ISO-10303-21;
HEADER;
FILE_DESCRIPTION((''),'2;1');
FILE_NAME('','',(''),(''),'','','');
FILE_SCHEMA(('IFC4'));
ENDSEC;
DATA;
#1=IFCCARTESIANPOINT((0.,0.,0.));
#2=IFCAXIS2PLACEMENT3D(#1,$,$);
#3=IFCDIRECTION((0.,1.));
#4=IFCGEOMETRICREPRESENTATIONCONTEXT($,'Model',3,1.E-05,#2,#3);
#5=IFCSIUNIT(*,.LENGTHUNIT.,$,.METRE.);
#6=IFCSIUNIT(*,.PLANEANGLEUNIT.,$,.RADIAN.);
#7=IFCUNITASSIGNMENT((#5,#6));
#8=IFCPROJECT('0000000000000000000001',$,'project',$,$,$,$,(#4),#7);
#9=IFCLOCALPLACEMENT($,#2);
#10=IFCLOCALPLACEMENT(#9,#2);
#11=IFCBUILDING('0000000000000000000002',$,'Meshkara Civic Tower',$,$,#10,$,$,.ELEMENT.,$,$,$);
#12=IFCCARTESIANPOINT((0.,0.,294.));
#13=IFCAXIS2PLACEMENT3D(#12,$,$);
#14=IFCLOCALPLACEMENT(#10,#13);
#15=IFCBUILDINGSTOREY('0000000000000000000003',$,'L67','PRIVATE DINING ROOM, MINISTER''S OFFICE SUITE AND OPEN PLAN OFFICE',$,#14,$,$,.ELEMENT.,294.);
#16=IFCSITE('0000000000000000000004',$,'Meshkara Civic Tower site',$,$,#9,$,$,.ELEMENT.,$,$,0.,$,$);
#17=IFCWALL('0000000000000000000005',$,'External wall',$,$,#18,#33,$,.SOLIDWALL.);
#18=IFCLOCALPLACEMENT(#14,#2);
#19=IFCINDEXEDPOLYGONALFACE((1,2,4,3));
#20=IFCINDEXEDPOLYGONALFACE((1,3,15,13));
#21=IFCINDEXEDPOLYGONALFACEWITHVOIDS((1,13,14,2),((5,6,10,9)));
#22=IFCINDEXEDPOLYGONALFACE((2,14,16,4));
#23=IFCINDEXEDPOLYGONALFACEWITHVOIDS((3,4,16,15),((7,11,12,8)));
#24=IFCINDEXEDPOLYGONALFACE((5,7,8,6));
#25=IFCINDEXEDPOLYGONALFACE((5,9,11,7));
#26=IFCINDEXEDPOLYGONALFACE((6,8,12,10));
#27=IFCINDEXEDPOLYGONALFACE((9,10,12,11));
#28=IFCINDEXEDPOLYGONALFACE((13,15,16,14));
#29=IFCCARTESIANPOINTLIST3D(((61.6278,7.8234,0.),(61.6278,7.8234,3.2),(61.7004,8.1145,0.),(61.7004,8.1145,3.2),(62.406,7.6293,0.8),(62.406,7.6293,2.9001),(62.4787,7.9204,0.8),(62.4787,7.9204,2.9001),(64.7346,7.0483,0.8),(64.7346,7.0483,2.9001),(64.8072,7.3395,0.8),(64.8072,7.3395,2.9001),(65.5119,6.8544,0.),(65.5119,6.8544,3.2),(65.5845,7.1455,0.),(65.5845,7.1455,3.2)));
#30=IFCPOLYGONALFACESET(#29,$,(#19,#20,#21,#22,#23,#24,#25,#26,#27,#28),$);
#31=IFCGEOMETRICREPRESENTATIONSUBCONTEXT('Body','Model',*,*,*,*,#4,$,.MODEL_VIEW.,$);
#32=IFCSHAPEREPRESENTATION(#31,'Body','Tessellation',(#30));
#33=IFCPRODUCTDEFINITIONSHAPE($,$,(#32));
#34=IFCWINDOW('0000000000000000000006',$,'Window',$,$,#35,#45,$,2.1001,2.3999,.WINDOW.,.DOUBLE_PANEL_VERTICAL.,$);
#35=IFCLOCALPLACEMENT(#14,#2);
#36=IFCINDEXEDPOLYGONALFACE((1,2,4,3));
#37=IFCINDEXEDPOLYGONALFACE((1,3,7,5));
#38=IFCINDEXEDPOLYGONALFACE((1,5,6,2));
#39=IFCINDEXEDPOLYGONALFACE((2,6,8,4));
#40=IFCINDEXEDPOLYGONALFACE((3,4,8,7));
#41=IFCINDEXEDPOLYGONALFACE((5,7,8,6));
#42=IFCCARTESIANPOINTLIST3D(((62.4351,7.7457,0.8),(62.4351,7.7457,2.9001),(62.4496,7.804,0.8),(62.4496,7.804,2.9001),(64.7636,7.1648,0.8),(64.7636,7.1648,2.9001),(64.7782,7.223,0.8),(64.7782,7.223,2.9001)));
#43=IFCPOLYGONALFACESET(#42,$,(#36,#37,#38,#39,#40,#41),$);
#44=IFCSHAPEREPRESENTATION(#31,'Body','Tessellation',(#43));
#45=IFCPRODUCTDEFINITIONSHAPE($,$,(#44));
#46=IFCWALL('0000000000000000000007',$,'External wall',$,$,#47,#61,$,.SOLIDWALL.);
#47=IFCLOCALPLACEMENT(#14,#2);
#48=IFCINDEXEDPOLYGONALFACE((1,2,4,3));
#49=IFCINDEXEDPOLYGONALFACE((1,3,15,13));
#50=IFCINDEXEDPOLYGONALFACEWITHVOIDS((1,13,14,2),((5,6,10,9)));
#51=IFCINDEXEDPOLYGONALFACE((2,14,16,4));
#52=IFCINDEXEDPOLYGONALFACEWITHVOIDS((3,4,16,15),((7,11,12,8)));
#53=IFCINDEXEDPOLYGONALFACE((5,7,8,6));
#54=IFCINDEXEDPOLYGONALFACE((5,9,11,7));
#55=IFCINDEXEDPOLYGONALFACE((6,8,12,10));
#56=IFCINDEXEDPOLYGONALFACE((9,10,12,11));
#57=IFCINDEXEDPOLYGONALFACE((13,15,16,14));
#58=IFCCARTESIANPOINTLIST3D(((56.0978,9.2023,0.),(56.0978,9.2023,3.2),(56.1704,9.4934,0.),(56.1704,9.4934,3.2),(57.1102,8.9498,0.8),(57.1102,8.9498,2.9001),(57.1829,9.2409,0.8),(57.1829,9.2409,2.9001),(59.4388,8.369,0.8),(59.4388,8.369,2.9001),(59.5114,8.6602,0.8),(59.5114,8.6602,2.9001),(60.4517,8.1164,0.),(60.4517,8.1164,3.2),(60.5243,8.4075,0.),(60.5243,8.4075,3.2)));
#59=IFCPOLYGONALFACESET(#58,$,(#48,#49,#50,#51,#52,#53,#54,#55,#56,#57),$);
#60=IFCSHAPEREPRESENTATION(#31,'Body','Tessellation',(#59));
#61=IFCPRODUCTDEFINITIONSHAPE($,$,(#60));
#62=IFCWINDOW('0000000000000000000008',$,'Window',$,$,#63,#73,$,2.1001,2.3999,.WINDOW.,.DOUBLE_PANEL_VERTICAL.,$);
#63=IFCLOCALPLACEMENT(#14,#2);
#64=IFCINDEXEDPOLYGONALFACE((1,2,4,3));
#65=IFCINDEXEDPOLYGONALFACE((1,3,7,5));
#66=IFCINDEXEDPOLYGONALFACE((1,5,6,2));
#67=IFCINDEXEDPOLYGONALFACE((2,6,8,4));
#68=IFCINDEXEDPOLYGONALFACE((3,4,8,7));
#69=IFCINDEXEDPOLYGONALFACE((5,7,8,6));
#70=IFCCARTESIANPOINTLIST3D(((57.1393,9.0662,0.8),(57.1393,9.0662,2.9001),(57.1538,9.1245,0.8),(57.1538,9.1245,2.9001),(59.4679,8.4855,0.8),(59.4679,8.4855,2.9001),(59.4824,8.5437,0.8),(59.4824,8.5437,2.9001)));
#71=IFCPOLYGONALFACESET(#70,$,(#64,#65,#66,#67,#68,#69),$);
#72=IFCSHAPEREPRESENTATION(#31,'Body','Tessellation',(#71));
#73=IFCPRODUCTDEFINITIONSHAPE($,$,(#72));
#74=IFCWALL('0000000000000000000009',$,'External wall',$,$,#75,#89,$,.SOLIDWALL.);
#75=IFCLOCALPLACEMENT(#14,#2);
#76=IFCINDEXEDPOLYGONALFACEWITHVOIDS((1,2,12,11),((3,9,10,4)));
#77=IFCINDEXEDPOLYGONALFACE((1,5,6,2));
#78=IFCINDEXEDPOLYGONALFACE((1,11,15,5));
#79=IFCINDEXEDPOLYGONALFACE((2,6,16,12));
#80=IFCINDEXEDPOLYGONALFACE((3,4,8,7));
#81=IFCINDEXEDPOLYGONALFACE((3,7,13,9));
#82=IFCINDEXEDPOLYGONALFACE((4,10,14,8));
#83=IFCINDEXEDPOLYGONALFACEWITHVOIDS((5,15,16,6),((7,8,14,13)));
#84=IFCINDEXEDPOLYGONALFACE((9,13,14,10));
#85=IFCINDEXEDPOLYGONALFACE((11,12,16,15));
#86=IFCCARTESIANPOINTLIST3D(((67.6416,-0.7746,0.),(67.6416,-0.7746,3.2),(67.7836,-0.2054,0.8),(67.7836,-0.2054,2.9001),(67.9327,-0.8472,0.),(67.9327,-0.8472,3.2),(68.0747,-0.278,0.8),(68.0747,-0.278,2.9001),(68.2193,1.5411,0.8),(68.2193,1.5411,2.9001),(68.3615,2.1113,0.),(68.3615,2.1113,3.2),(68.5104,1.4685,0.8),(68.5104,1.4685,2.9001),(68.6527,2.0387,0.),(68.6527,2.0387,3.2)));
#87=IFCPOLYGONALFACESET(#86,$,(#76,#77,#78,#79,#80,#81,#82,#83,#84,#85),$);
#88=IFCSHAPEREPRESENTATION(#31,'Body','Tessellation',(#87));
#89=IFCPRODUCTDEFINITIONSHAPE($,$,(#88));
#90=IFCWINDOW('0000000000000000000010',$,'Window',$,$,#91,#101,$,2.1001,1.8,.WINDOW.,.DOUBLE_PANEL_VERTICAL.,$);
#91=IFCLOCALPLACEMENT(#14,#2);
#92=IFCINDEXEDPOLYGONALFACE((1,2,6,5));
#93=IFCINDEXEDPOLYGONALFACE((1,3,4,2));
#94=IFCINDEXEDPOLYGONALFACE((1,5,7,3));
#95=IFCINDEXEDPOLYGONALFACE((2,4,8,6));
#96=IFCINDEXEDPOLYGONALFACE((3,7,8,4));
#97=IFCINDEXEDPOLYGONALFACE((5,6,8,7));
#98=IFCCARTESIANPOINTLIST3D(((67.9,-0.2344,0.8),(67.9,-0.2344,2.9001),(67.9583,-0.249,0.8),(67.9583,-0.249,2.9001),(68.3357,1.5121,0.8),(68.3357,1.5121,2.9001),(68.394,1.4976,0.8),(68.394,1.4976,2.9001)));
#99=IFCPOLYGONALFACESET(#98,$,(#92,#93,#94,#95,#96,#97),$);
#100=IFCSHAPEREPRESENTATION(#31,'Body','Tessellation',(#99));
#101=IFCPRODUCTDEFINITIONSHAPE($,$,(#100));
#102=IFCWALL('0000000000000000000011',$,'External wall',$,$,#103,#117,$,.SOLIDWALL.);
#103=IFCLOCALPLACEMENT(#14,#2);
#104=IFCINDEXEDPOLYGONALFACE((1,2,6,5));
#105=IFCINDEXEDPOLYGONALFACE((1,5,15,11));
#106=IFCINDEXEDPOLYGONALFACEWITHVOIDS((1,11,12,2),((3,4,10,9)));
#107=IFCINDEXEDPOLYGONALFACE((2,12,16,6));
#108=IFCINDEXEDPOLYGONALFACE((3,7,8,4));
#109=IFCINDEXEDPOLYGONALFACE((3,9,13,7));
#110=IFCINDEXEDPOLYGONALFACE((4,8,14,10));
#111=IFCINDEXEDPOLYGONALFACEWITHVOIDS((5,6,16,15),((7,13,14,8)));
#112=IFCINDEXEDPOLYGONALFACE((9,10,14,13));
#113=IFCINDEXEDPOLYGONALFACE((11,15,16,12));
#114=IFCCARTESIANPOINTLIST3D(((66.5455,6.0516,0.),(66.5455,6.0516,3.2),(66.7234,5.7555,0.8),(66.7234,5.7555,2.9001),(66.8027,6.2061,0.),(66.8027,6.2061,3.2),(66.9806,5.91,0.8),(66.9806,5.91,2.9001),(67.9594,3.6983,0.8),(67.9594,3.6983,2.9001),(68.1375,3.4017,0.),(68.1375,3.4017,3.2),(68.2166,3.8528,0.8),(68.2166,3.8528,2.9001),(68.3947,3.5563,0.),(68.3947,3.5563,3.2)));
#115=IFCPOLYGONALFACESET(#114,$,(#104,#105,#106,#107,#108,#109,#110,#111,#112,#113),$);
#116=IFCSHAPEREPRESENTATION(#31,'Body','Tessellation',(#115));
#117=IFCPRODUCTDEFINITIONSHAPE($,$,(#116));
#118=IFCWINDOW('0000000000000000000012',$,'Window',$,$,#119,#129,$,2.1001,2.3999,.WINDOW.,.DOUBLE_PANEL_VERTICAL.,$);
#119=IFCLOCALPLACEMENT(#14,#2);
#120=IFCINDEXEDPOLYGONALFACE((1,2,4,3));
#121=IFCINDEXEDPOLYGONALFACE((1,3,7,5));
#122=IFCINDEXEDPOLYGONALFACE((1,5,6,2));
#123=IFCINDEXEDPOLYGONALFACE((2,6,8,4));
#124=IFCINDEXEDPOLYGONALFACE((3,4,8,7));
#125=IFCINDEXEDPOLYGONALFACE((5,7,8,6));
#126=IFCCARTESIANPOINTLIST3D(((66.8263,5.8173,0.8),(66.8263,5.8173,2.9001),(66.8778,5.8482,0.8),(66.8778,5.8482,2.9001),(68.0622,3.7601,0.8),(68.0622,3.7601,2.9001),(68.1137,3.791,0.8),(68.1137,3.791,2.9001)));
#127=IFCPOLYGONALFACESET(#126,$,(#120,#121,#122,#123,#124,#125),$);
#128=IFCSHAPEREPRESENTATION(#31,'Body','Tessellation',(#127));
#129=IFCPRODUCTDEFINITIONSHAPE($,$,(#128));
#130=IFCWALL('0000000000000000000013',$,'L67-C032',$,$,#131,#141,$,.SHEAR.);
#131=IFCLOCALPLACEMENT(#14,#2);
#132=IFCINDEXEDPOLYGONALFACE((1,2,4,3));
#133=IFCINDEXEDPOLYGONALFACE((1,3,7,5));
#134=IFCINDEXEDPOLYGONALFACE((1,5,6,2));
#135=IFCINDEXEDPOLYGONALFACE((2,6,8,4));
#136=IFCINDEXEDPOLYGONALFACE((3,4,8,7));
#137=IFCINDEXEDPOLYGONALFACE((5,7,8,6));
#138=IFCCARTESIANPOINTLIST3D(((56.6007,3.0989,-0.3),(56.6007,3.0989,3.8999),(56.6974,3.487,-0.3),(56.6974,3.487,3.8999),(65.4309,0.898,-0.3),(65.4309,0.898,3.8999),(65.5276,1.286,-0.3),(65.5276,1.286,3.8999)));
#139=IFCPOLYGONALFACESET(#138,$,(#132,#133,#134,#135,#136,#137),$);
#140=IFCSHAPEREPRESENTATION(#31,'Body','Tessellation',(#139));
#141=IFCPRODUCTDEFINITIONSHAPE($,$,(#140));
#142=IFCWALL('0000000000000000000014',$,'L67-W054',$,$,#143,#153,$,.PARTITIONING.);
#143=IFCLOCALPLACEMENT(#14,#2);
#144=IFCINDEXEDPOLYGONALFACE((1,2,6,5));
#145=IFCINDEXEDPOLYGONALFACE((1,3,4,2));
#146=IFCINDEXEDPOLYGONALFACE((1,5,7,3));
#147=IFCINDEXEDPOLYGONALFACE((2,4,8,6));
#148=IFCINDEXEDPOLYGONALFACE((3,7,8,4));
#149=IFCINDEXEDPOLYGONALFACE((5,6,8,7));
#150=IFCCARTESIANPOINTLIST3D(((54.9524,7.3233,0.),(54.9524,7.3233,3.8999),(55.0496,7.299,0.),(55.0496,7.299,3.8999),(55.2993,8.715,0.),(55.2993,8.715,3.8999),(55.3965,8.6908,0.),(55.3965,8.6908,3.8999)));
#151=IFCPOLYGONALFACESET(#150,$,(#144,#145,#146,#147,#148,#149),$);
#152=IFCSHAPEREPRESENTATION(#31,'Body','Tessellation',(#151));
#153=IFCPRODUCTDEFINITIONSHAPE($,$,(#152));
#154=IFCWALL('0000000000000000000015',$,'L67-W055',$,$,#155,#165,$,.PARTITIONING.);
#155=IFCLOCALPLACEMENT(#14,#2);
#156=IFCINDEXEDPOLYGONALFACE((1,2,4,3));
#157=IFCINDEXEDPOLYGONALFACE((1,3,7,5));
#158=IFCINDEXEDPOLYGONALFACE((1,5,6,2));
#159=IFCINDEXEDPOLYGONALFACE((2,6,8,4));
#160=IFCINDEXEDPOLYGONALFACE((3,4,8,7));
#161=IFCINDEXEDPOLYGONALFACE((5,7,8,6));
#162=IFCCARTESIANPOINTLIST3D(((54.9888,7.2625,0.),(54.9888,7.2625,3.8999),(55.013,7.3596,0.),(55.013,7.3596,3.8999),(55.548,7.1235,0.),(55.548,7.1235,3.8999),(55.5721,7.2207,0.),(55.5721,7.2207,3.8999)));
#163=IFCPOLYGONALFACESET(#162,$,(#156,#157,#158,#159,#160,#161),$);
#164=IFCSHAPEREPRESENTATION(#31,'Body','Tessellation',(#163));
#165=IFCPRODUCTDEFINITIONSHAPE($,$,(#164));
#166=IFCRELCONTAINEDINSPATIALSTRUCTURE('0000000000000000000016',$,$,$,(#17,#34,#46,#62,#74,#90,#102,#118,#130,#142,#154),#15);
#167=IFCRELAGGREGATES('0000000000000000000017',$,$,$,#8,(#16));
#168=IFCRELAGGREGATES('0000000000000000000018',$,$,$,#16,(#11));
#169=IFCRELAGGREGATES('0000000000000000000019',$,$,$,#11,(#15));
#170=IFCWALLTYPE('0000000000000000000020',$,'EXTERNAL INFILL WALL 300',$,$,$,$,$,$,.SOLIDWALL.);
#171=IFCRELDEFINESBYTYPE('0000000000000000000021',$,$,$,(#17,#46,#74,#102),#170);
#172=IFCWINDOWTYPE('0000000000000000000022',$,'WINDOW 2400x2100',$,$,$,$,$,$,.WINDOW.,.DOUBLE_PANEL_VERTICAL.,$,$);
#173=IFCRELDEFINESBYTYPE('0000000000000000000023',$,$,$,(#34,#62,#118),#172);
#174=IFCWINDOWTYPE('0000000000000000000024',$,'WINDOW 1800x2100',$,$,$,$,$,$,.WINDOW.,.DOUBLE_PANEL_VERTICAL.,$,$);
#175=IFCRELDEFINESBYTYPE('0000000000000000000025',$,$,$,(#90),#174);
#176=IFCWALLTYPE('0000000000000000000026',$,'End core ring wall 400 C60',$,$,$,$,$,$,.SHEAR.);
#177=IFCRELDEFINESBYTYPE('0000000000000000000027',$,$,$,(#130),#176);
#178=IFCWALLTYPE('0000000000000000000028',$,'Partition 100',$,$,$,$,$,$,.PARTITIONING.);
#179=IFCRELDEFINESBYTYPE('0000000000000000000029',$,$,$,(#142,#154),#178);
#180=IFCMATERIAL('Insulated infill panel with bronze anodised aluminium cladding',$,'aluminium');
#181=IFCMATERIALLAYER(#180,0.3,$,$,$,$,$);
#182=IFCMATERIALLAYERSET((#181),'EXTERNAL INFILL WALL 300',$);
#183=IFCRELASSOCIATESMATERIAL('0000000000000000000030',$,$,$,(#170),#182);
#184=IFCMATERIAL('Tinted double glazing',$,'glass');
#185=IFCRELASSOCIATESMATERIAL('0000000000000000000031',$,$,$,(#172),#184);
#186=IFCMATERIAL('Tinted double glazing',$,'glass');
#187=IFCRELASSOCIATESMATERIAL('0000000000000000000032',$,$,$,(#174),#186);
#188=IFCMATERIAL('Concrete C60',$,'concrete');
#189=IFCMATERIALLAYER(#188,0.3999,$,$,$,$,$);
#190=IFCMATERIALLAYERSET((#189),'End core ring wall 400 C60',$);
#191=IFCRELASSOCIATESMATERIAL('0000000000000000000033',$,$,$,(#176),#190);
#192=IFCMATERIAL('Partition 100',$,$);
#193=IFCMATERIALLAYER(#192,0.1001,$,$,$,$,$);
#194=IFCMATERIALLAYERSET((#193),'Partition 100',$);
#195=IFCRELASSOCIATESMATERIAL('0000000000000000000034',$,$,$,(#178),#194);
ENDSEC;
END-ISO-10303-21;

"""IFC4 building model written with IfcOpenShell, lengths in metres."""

from ifc_helpers import new_model, si_unit, direction, frame, frame_2d, origin, place, context, subcontext, project, spatial, rectangle, extrude, material, layer, layer_set, type_object, element, fill, save


model = new_model("IFC4")

# Units and contexts
model_context = context("Model", 3, precision=1e-05, world=origin(), true_north=direction((0.0, 1.0)))
body_context = subcontext(model_context, "Body", "Model", "MODEL_VIEW")
ifc_project = project(units=[si_unit("LENGTHUNIT", "METRE"), si_unit("PLANEANGLEUNIT", "RADIAN")], contexts=[model_context])

# Site, building, storey
site_placement = place(None, origin())
site = spatial("IfcSite", under=ifc_project, at=site_placement, Name="Meshkara Civic Tower site", CompositionType="ELEMENT", RefElevation=0.0)
building_placement = place(site_placement, origin())
building = spatial("IfcBuilding", under=site, at=building_placement, Name="Meshkara Civic Tower", CompositionType="ELEMENT")
storey_placement = place(building_placement, frame((0.0, 0.0, 294.0)))
storey = spatial("IfcBuildingStorey", under=building, at=storey_placement, Name="L67", Description="PRIVATE DINING ROOM, MINISTER'S OFFICE SUITE AND OPEN PLAN OFFICE", CompositionType="ELEMENT", Elevation=294.0)

# Walls, openings, windows
ifc_material_1 = material(Name="Insulated infill panel with bronze anodised aluminium cladding", Category="aluminium")
ifc_layer_1 = layer(ifc_material_1, 0.3)
ifc_layer_set_1 = layer_set([ifc_layer_1], Name="EXTERNAL INFILL WALL 300")
wall_type_1 = type_object("IfcWallType", Name="EXTERNAL INFILL WALL 300", PredefinedType="SOLIDWALL", material=ifc_layer_set_1)
wall_1_placement = place(storey_placement, frame((65.5481, 7.0, 0.0), z_axis=(0.0, 0.0, 1.0), x_axis=(-0.970261, 0.242062, 0.0)))
wall_1 = element("IfcWall", 1, at=wall_1_placement, inside=storey, type_object=wall_type_1, Name="External wall", PredefinedType="SOLIDWALL", context=body_context, shape_type="SweptSolid", body=[
    extrude(rectangle(XDim=4.0032, YDim=0.3, at=frame_2d((2.0015, 0.0))), origin(), (0.0, 0.0, 1.0), 3.2),
])
opening_1_placement = place(wall_1_placement, frame((0.801, 0.0, 0.8)))
opening_1 = element("IfcOpeningElement", 2, at=opening_1_placement, cuts=wall_1, PredefinedType="OPENING", context=body_context, shape_type="SweptSolid", body=[
    extrude(rectangle(XDim=2.3999, YDim=2.1001, at=frame_2d((1.2, 1.05))), frame((0.0, 0.1599, 0.0), z_axis=(0.0, -1.0, 0.0), x_axis=(1.0, 0.0, 0.0)), (0.0, 0.0, 1.0), 0.3201),
])
ifc_material_2 = material(Name="Tinted double glazing", Category="glass")
window_type_1 = type_object("IfcWindowType", Name="WINDOW 2400x2100", PartitioningType="DOUBLE_PANEL_VERTICAL", PredefinedType="WINDOW", material=ifc_material_2)
window_1_placement = place(opening_1_placement, origin())
window_1 = element("IfcWindow", 3, at=window_1_placement, inside=storey, type_object=window_type_1, Name="Window", OverallHeight=2.1001, OverallWidth=2.3999, PartitioningType="DOUBLE_PANEL_VERTICAL", PredefinedType="WINDOW", context=body_context, shape_type="SweptSolid", body=[
    extrude(rectangle(XDim=2.3999, YDim=2.1001, at=frame_2d((1.2, 1.05))), frame((0.0, 0.03, 0.0), z_axis=(0.0, -1.0, 0.0), x_axis=(1.0, 0.0, 0.0)), (0.0, 0.0, 1.0), 0.0601),
])
fill(opening_1, window_1)
wall_2_placement = place(storey_placement, frame((60.488, 8.262, 0.0), z_axis=(0.0, 0.0, 1.0), x_axis=(-0.970277, 0.241998, 0.0)))
wall_2 = element("IfcWall", 4, at=wall_2_placement, inside=storey, type_object=wall_type_1, Name="External wall", PredefinedType="SOLIDWALL", context=body_context, shape_type="SweptSolid", body=[
    extrude(rectangle(XDim=4.4873, YDim=0.3, at=frame_2d((2.2437, 0.0))), origin(), (0.0, 0.0, 1.0), 3.2),
])
opening_2_placement = place(wall_2_placement, frame((1.0439, 0.0, 0.8)))
opening_2 = element("IfcOpeningElement", 5, at=opening_2_placement, cuts=wall_2, PredefinedType="OPENING", context=body_context, shape_type="SweptSolid", body=[
    extrude(rectangle(XDim=2.3999, YDim=2.1001, at=frame_2d((1.2, 1.05))), frame((0.0, 0.1599, 0.0), z_axis=(0.0, -1.0, 0.0), x_axis=(1.0, 0.0, 0.0)), (0.0, 0.0, 1.0), 0.3201),
])
window_2_placement = place(opening_2_placement, origin())
window_2 = element("IfcWindow", 6, at=window_2_placement, inside=storey, type_object=window_type_1, Name="Window", OverallHeight=2.1001, OverallWidth=2.3999, PartitioningType="DOUBLE_PANEL_VERTICAL", PredefinedType="WINDOW", context=body_context, shape_type="SweptSolid", body=[
    extrude(rectangle(XDim=2.3999, YDim=2.1001, at=frame_2d((1.2, 1.05))), frame((0.0, 0.03, 0.0), z_axis=(0.0, -1.0, 0.0), x_axis=(1.0, 0.0, 0.0)), (0.0, 0.0, 1.0), 0.0601),
])
fill(opening_2, window_2)
wall_3_placement = place(storey_placement, frame((67.7871, -0.811, 0.0), z_axis=(0.0, 0.0, 1.0), x_axis=(0.242053, 0.970263, 0.0)))
wall_3 = element("IfcWall", 7, at=wall_3_placement, inside=storey, type_object=wall_type_1, Name="External wall", PredefinedType="SOLIDWALL", context=body_context, shape_type="SweptSolid", body=[
    extrude(rectangle(XDim=2.9744, YDim=0.3, at=frame_2d((1.4873, 0.0))), origin(), (0.0, 0.0, 1.0), 3.2),
])
opening_3_placement = place(wall_3_placement, frame((0.5869, 0.0, 0.8)))
opening_3 = element("IfcOpeningElement", 8, at=opening_3_placement, cuts=wall_3, PredefinedType="OPENING", context=body_context, shape_type="SweptSolid", body=[
    extrude(rectangle(XDim=1.8, YDim=2.1001, at=frame_2d((0.8999, 1.05))), frame((0.0, 0.1599, 0.0), z_axis=(0.0, -1.0, 0.0), x_axis=(1.0, 0.0, 0.0)), (0.0, 0.0, 1.0), 0.3201),
])
ifc_material_3 = material(Name="Tinted double glazing", Category="glass")
window_type_2 = type_object("IfcWindowType", Name="WINDOW 1800x2100", PartitioningType="DOUBLE_PANEL_VERTICAL", PredefinedType="WINDOW", material=ifc_material_3)
window_3_placement = place(opening_3_placement, origin())
window_3 = element("IfcWindow", 9, at=window_3_placement, inside=storey, type_object=window_type_2, Name="Window", OverallHeight=2.1001, OverallWidth=1.8, PartitioningType="DOUBLE_PANEL_VERTICAL", PredefinedType="WINDOW", context=body_context, shape_type="SweptSolid", body=[
    extrude(rectangle(XDim=1.8, YDim=2.1001, at=frame_2d((0.8999, 1.05))), frame((0.0, 0.03, 0.0), z_axis=(0.0, -1.0, 0.0), x_axis=(1.0, 0.0, 0.0)), (0.0, 0.0, 1.0), 0.0601),
])
fill(opening_3, window_3)
wall_4_placement = place(storey_placement, frame((68.2661, 3.479, 0.0), z_axis=(0.0, 0.0, 1.0), x_axis=(-0.514995, 0.857193, 0.0)))
wall_4 = element("IfcWall", 10, at=wall_4_placement, inside=storey, type_object=wall_type_1, Name="External wall", PredefinedType="SOLIDWALL", context=body_context, shape_type="SweptSolid", body=[
    extrude(rectangle(XDim=3.0913, YDim=0.3, at=frame_2d((1.5457, 0.0))), origin(), (0.0, 0.0, 1.0), 3.2),
])
opening_4_placement = place(wall_4_placement, frame((0.3459, 0.0, 0.8)))
opening_4 = element("IfcOpeningElement", 11, at=opening_4_placement, cuts=wall_4, PredefinedType="OPENING", context=body_context, shape_type="SweptSolid", body=[
    extrude(rectangle(XDim=2.3999, YDim=2.1001, at=frame_2d((1.2, 1.05))), frame((0.0, 0.1599, 0.0), z_axis=(0.0, -1.0, 0.0), x_axis=(1.0, 0.0, 0.0)), (0.0, 0.0, 1.0), 0.3201),
])
window_4_placement = place(opening_4_placement, origin())
window_4 = element("IfcWindow", 12, at=window_4_placement, inside=storey, type_object=window_type_1, Name="Window", OverallHeight=2.1001, OverallWidth=2.3999, PartitioningType="DOUBLE_PANEL_VERTICAL", PredefinedType="WINDOW", context=body_context, shape_type="SweptSolid", body=[
    extrude(rectangle(XDim=2.3999, YDim=2.1001, at=frame_2d((1.2, 1.05))), frame((0.0, 0.03, 0.0), z_axis=(0.0, -1.0, 0.0), x_axis=(1.0, 0.0, 0.0)), (0.0, 0.0, 1.0), 0.0601),
])
fill(opening_4, window_4)

# Walls
ifc_material_4 = material(Name="Concrete C60", Category="concrete")
ifc_layer_2 = layer(ifc_material_4, 0.3999)
ifc_layer_set_2 = layer_set([ifc_layer_2], Name="End core ring wall 400 C60")
wall_type_2 = type_object("IfcWallType", Name="End core ring wall 400 C60", PredefinedType="SHEAR", material=ifc_layer_set_2)
wall_5_placement = place(storey_placement, frame((56.6489, 3.293, -0.3), z_axis=(0.0, 0.0, 1.0), x_axis=(0.970313, -0.241854, 0.0)))
element("IfcWall", 13, at=wall_5_placement, inside=storey, type_object=wall_type_2, Name="L67-C032", PredefinedType="SHEAR", context=body_context, shape_type="SweptSolid", body=[
    extrude(rectangle(XDim=9.1003, YDim=0.3999, at=frame_2d((4.5503, 0.0))), origin(), (0.0, 0.0, 1.0), 4.2),
])
ifc_material_5 = material(Name="Partition 100")
ifc_layer_3 = layer(ifc_material_5, 0.1001)
ifc_layer_set_3 = layer_set([ifc_layer_3], Name="Partition 100")
wall_type_3 = type_object("IfcWallType", Name="Partition 100", PredefinedType="PARTITIONING", material=ifc_layer_set_3)
wall_6_placement = place(storey_placement, frame((55.001, 7.311, 0.0), z_axis=(0.0, 0.0, 1.0), x_axis=(0.241855, 0.970312, 0.0)))
element("IfcWall", 14, at=wall_6_placement, inside=storey, type_object=wall_type_3, Name="L67-W054", PredefinedType="PARTITIONING", context=body_context, shape_type="SweptSolid", body=[
    extrude(rectangle(XDim=1.4343, YDim=0.1001, at=frame_2d((0.7173, 0.0))), origin(), (0.0, 0.0, 1.0), 3.8999),
])
wall_7_placement = place(storey_placement, frame((55.5601, 7.1721, 0.0), z_axis=(0.0, 0.0, 1.0), x_axis=(-0.970491, 0.241139, 0.0)))
element("IfcWall", 15, at=wall_7_placement, inside=storey, type_object=wall_type_3, Name="L67-W055", PredefinedType="PARTITIONING", context=body_context, shape_type="SweptSolid", body=[
    extrude(rectangle(XDim=0.5762, YDim=0.1001, at=frame_2d((0.2881, 0.0))), origin(), (0.0, 0.0, 1.0), 3.8999),
])

save(model, "model.ifc")
